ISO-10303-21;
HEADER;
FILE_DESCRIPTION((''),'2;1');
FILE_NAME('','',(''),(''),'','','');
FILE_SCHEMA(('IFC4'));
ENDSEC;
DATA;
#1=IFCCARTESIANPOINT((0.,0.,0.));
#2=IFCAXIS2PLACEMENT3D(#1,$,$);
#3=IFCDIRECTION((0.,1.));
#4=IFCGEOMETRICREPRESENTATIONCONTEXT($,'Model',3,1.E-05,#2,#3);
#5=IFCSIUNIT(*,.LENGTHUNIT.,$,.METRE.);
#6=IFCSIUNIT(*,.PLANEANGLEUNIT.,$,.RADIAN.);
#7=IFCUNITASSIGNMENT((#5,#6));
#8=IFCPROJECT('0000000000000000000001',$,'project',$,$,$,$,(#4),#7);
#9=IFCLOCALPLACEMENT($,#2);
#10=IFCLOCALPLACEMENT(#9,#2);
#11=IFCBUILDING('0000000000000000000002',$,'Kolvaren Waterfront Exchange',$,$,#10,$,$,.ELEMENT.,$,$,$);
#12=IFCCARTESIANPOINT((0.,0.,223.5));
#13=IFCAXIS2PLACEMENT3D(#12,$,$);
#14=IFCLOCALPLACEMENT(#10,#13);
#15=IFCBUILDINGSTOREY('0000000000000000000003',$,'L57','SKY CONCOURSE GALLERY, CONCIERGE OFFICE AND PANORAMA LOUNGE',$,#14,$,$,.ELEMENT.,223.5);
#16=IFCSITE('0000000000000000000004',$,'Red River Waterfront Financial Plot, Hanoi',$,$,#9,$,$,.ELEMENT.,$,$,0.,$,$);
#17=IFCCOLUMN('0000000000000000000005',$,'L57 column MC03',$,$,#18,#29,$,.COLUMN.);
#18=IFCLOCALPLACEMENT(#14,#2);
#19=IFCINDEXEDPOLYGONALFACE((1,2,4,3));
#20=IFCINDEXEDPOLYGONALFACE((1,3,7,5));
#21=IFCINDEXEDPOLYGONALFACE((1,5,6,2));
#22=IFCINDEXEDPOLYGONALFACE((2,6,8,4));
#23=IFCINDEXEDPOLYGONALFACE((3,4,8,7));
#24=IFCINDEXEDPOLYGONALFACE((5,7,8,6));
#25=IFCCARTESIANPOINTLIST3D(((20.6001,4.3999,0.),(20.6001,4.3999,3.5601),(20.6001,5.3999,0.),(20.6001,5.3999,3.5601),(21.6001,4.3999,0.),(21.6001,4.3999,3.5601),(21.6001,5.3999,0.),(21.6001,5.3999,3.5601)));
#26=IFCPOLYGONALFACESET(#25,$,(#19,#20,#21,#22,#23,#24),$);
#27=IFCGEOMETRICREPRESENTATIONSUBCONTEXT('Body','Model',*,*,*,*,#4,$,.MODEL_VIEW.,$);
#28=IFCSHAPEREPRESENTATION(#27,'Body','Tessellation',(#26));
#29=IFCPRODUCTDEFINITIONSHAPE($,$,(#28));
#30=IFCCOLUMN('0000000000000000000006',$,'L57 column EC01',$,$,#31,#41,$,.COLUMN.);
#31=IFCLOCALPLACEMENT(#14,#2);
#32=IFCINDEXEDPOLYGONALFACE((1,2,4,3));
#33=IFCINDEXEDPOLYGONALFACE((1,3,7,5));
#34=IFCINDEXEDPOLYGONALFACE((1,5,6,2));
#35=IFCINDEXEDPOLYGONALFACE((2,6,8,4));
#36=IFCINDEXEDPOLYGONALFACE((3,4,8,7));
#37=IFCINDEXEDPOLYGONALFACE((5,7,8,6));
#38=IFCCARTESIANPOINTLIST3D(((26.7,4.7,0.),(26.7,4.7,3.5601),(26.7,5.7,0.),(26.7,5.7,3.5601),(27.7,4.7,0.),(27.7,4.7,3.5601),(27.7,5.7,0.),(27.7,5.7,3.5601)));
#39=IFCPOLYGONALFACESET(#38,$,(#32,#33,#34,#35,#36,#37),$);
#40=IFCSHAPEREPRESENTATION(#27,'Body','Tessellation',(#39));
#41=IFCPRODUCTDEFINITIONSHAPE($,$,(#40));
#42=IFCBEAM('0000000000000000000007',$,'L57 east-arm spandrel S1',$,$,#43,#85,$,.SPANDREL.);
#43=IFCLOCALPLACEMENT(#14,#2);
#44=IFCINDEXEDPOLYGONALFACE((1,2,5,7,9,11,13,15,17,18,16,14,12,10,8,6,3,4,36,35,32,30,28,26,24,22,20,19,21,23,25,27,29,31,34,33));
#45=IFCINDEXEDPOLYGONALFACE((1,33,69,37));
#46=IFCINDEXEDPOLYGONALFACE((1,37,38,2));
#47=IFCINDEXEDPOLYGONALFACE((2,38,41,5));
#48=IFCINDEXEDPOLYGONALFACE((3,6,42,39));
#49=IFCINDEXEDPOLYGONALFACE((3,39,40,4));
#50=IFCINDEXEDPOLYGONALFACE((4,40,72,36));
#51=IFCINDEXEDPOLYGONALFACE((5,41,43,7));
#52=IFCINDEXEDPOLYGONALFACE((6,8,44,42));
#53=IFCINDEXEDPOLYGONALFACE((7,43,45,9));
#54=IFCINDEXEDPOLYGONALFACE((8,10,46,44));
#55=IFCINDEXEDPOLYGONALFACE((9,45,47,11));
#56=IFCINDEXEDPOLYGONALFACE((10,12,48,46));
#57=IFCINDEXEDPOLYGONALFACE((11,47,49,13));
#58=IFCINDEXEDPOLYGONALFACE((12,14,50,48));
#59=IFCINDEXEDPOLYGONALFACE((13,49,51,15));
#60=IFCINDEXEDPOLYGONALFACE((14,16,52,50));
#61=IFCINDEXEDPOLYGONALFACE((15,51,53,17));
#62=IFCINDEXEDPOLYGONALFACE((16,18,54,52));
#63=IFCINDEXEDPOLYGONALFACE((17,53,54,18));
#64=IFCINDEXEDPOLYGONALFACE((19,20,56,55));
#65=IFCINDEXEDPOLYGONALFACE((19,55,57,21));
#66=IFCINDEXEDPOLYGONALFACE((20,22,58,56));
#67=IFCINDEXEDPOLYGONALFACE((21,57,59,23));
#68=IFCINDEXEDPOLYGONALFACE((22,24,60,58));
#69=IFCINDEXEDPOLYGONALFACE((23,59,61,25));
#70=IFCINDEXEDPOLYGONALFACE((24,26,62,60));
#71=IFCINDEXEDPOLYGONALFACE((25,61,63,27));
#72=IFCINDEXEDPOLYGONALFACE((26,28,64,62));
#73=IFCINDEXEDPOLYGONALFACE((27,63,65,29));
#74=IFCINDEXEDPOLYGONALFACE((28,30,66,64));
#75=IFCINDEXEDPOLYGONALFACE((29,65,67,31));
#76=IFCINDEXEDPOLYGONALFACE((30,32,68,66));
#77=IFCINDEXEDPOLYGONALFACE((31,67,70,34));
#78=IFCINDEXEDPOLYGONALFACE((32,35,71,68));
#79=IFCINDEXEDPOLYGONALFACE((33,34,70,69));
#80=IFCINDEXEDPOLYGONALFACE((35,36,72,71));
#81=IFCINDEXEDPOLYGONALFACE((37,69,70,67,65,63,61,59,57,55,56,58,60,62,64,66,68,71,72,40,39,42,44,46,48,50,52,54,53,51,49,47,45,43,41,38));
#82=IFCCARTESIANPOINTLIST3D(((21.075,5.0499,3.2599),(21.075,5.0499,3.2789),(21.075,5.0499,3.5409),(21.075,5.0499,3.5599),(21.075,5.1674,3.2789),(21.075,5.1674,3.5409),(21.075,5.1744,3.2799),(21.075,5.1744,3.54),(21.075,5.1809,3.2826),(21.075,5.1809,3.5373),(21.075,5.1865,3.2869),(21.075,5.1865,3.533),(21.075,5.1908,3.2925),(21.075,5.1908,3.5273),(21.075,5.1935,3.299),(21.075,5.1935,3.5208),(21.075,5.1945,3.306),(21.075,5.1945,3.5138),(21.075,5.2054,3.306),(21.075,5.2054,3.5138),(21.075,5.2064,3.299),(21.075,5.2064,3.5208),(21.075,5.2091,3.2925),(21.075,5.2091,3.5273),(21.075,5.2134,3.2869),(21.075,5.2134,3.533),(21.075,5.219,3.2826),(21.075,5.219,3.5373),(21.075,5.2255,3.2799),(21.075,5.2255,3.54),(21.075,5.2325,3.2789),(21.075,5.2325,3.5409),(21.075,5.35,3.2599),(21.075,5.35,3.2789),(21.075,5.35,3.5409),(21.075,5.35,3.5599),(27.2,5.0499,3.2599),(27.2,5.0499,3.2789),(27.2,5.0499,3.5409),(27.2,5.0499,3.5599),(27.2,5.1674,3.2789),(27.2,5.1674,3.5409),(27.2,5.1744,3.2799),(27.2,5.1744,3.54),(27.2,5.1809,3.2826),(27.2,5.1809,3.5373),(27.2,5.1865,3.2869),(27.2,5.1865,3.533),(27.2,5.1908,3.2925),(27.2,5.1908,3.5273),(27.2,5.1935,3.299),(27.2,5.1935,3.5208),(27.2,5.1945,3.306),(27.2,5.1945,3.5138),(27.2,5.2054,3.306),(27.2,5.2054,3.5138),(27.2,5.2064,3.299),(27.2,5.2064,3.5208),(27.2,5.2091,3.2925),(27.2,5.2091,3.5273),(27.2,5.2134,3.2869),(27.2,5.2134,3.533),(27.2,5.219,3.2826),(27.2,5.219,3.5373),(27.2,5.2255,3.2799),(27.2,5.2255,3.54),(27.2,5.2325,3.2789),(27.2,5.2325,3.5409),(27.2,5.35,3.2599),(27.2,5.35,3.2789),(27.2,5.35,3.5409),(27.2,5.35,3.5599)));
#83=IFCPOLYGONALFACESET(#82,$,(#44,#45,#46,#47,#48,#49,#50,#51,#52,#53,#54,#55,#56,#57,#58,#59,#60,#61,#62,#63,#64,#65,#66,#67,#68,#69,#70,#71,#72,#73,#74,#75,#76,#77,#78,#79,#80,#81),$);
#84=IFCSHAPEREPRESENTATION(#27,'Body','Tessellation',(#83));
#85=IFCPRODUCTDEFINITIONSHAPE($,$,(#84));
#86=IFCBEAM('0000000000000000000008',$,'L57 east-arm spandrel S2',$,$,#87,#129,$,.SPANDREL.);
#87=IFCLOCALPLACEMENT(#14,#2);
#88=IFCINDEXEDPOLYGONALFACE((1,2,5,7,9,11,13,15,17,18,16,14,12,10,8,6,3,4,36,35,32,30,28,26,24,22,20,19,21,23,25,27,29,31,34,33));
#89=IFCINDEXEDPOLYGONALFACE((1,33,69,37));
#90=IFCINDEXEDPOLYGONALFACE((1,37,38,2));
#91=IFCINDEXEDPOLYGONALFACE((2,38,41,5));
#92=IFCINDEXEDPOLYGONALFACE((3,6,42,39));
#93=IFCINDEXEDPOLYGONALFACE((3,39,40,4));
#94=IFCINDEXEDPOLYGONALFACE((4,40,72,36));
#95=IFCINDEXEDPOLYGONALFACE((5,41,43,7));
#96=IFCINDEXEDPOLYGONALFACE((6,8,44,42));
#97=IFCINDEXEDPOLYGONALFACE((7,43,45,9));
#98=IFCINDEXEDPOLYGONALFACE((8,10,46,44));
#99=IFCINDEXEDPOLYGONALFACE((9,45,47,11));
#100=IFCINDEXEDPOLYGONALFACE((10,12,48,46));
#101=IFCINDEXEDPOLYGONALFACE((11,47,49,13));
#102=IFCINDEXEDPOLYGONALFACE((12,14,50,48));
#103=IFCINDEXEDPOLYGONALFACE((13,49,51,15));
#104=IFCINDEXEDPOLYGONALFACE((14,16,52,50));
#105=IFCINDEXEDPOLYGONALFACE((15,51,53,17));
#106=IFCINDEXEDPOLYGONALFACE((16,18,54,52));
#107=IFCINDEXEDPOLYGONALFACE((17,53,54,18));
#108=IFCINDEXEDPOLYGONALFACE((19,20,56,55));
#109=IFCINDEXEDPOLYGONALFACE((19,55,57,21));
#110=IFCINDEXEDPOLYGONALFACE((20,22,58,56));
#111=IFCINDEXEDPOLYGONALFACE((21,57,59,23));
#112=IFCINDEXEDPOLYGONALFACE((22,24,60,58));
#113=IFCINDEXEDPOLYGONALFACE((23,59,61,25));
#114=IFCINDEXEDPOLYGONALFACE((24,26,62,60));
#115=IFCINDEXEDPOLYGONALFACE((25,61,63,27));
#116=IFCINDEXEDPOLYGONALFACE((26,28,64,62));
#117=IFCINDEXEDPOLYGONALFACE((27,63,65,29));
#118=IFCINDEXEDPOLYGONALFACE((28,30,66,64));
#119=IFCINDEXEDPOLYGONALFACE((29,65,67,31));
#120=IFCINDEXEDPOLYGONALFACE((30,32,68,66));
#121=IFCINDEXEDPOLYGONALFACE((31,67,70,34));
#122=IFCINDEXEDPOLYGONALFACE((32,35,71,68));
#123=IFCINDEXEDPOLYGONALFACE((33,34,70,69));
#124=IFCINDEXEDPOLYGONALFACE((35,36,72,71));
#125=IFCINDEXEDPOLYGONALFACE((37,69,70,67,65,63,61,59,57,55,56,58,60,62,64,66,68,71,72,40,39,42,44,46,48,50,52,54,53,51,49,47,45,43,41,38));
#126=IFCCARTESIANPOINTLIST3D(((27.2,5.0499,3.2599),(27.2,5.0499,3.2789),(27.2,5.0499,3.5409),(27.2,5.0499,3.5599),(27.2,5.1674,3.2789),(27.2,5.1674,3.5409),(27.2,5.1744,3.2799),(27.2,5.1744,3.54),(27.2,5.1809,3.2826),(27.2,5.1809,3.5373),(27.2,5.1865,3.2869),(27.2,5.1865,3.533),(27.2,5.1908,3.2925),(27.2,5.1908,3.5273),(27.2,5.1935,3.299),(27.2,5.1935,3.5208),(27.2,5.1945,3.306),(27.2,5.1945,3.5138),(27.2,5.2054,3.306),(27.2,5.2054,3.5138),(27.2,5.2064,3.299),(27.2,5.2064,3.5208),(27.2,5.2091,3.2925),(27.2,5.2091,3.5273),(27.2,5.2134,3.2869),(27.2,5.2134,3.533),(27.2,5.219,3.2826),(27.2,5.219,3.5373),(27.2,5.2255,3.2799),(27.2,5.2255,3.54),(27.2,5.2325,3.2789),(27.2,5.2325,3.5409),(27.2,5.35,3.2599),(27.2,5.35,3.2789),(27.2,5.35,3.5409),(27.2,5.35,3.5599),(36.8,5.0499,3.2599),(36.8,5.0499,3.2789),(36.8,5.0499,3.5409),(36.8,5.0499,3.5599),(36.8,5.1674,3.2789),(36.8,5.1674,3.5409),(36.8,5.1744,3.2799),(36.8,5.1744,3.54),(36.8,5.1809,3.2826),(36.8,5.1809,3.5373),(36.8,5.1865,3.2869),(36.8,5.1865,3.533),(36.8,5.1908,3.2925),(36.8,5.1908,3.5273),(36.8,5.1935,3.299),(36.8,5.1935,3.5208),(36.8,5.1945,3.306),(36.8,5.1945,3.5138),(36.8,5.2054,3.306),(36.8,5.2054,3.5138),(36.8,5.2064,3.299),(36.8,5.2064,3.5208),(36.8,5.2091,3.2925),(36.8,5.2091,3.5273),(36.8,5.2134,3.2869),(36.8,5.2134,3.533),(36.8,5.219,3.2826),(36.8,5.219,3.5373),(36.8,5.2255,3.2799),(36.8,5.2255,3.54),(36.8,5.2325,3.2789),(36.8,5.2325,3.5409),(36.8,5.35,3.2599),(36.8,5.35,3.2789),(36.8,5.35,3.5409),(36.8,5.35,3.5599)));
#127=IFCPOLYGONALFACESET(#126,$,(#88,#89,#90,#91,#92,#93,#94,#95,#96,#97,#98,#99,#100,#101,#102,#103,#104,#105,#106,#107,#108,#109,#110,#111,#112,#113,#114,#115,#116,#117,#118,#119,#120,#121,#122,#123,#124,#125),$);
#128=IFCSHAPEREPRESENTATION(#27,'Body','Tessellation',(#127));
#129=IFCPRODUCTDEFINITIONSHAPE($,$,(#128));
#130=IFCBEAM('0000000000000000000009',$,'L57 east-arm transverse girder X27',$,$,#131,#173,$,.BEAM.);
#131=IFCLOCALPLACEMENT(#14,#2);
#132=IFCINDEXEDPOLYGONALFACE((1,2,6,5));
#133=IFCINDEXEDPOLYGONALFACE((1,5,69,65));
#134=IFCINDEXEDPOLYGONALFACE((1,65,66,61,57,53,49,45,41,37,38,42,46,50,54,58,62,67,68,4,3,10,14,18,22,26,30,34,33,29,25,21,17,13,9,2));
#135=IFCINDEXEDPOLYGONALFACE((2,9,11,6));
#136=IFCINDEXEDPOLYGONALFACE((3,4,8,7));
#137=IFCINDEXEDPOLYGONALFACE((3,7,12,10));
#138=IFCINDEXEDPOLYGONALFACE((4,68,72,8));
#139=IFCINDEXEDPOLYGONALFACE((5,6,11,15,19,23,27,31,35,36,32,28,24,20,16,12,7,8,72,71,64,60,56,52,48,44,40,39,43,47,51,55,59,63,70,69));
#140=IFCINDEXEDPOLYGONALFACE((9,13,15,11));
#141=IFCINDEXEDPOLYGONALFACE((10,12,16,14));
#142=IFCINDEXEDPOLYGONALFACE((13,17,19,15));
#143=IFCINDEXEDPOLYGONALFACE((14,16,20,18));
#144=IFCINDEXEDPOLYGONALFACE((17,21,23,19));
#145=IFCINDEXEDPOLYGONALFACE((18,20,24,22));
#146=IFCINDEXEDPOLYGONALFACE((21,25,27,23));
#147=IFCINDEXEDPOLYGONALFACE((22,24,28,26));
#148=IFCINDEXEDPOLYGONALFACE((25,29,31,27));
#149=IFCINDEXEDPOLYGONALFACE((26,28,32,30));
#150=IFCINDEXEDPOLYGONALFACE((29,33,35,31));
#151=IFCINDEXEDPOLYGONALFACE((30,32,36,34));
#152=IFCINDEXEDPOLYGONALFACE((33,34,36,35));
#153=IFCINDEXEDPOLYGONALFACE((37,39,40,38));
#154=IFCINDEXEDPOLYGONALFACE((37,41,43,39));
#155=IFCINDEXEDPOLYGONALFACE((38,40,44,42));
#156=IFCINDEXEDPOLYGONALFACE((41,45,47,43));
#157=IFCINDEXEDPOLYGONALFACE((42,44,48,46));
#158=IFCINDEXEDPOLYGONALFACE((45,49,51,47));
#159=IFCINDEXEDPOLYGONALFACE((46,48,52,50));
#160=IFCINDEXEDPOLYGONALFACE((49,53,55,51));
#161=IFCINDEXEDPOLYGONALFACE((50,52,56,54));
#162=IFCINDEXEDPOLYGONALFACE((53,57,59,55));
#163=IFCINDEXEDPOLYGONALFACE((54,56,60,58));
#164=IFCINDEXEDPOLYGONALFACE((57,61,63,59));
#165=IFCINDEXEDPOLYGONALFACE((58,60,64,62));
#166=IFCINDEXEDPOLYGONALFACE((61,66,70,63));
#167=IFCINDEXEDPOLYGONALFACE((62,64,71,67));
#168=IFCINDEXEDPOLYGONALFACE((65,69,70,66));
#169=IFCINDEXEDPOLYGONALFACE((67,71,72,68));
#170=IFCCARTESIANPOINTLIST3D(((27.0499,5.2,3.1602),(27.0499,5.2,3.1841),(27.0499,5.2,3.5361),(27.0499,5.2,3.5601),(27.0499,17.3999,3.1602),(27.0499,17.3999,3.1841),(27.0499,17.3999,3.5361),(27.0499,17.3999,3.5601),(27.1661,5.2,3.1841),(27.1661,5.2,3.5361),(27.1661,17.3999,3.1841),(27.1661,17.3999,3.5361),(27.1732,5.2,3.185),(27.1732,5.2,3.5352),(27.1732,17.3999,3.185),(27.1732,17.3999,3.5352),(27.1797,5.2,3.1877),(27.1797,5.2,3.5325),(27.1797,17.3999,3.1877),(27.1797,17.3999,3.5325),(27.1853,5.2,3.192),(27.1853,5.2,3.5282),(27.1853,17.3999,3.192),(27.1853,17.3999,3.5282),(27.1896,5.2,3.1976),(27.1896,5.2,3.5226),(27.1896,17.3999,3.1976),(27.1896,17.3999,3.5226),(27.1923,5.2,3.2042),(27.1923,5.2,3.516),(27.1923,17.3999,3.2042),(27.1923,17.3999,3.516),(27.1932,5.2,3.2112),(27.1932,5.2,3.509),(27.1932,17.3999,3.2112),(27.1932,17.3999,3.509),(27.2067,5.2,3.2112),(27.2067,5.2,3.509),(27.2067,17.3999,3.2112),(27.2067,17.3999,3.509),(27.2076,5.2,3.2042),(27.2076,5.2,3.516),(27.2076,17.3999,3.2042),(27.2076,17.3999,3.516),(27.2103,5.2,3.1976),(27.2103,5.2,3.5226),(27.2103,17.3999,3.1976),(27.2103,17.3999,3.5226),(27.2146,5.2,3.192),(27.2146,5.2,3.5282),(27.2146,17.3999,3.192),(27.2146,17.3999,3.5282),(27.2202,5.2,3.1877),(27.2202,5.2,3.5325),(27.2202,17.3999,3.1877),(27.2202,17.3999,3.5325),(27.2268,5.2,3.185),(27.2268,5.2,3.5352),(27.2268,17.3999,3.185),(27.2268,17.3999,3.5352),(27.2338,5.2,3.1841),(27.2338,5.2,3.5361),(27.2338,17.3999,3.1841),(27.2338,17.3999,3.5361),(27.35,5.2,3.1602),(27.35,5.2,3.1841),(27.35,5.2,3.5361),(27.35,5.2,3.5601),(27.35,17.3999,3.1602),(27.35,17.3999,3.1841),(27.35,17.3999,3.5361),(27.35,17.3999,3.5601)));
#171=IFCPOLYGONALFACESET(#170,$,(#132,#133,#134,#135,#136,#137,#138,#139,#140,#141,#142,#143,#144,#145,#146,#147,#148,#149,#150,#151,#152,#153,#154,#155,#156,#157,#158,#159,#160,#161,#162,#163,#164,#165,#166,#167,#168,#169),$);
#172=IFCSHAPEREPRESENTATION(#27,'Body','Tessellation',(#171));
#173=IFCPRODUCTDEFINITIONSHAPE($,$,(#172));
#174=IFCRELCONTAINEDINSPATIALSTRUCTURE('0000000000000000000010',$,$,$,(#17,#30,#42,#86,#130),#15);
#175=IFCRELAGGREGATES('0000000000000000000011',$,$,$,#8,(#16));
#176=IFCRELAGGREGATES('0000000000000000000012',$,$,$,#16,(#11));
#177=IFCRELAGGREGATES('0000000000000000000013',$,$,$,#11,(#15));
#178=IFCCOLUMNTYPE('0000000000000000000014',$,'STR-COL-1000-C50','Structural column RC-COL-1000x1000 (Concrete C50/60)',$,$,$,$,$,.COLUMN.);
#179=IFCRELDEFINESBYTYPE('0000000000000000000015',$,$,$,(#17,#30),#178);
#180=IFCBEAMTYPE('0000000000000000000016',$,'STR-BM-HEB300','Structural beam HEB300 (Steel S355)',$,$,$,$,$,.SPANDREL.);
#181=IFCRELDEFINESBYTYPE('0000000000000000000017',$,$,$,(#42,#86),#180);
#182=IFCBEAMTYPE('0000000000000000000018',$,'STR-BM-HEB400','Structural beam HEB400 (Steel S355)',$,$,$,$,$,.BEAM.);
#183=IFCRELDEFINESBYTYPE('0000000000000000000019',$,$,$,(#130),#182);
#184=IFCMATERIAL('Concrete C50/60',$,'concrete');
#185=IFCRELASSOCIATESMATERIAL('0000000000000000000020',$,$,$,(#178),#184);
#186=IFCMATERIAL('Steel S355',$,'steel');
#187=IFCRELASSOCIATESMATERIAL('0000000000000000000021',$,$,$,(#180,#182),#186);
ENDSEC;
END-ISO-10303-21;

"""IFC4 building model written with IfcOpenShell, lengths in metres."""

from ifc_helpers import new_model, si_unit, direction, frame, origin, origin_2d, place, context, subcontext, project, spatial, rectangle, i_section, extrude, material, material_profile, profile_set, type_object, element, save


model = new_model("IFC4")

# Units and contexts
model_context = context("Model", 3, precision=1e-05, world=origin(), true_north=direction((0.0, 1.0)))
body_context = subcontext(model_context, "Body", "Model", "MODEL_VIEW")
ifc_project = project(units=[si_unit("LENGTHUNIT", "METRE"), si_unit("PLANEANGLEUNIT", "RADIAN")], contexts=[model_context])

# Site, building, storey
site_placement = place(None, origin())
site = spatial("IfcSite", under=ifc_project, at=site_placement, Name="Red River Waterfront Financial Plot, Hanoi", CompositionType="ELEMENT", RefElevation=0.0)
building_placement = place(site_placement, origin())
building = spatial("IfcBuilding", under=site, at=building_placement, Name="Kolvaren Waterfront Exchange", CompositionType="ELEMENT")
storey_placement = place(building_placement, frame((0.0, 0.0, 223.5)))
storey = spatial("IfcBuildingStorey", under=building, at=storey_placement, Name="L57", Description="SKY CONCOURSE GALLERY, CONCIERGE OFFICE AND PANORAMA LOUNGE", CompositionType="ELEMENT", Elevation=223.5)

# Columns
ifc_material_1 = material(Name="Concrete C50/60", Category="concrete")
ifc_material_profile_1 = material_profile(ifc_material_1, rectangle(XDim=1.0, YDim=1.0, at=origin_2d()), Name="RC-COL-1000x1000")
ifc_profile_set_1 = profile_set([ifc_material_profile_1], Name="Concrete C50/60")
column_type = type_object("IfcColumnType", Name="STR-COL-1000-C50", Description="Structural column RC-COL-1000x1000 (Concrete C50/60)", PredefinedType="COLUMN", material=ifc_profile_set_1)
for number, where, z_axis, x_axis, name in (
    (1, (21.1001, 4.8999, 0.0), (0.0, 0.0, 1.0), (1.0, 0.0, 0.0), "L57 column MC03"),
    (2, (27.2, 5.2, 0.0), (0.0, 0.0, 1.0), (1.0, 0.0, 0.0), "L57 column EC01"),
):
    element("IfcColumn", number, at=place(storey_placement, frame(where, z_axis=z_axis, x_axis=x_axis)), inside=storey, type_object=column_type, Name=name, PredefinedType="COLUMN", context=body_context, shape_type="SweptSolid", body=[
        extrude(rectangle(XDim=1.0, YDim=1.0, at=origin_2d()), origin(), (0.0, 0.0, 1.0), 3.5601),
    ])

# Beams
ifc_material_2 = material(Name="Steel S355", Category="steel")
ifc_material_profile_2 = material_profile(ifc_material_2, i_section(OverallWidth=0.3, OverallDepth=0.3, WebThickness=0.011, FlangeThickness=0.019, FilletRadius=0.0271, at=origin_2d()), Name="HEB300")
ifc_profile_set_2 = profile_set([ifc_material_profile_2], Name="Steel S355")
beam_type_1 = type_object("IfcBeamType", Name="STR-BM-HEB300", Description="Structural beam HEB300 (Steel S355)", PredefinedType="SPANDREL", material=ifc_profile_set_2)
beam_1_placement = place(storey_placement, frame((21.075, 5.2, 3.4099), z_axis=(1.0, 0.0, 0.0), x_axis=(0.0, 1.0, 0.0)))
element("IfcBeam", 3, at=beam_1_placement, inside=storey, type_object=beam_type_1, Name="L57 east-arm spandrel S1", PredefinedType="SPANDREL", context=body_context, shape_type="SweptSolid", body=[
    extrude(i_section(OverallWidth=0.3, OverallDepth=0.3, WebThickness=0.011, FlangeThickness=0.019, FilletRadius=0.0271, at=origin_2d()), origin(), (0.0, 0.0, 1.0), 6.125),
])
beam_2_placement = place(storey_placement, frame((27.2, 5.2, 3.4099), z_axis=(1.0, 0.0, 0.0), x_axis=(0.0, 1.0, 0.0)))
element("IfcBeam", 4, at=beam_2_placement, inside=storey, type_object=beam_type_1, Name="L57 east-arm spandrel S2", PredefinedType="SPANDREL", context=body_context, shape_type="SweptSolid", body=[
    extrude(i_section(OverallWidth=0.3, OverallDepth=0.3, WebThickness=0.011, FlangeThickness=0.019, FilletRadius=0.0271, at=origin_2d()), origin(), (0.0, 0.0, 1.0), 9.6001),
])
ifc_material_profile_3 = material_profile(ifc_material_2, i_section(OverallWidth=0.3, OverallDepth=0.3999, WebThickness=0.0134, FlangeThickness=0.0239, FilletRadius=0.0271, at=origin_2d()), Name="HEB400")
ifc_profile_set_3 = profile_set([ifc_material_profile_3], Name="Steel S355")
beam_type_2 = type_object("IfcBeamType", Name="STR-BM-HEB400", Description="Structural beam HEB400 (Steel S355)", PredefinedType="BEAM", material=ifc_profile_set_3)
beam_3_placement = place(storey_placement, frame((27.2, 5.2, 3.3601), z_axis=(0.0, 1.0, 0.0), x_axis=(-1.0, 0.0, 0.0)))
element("IfcBeam", 5, at=beam_3_placement, inside=storey, type_object=beam_type_2, Name="L57 east-arm transverse girder X27", PredefinedType="BEAM", context=body_context, shape_type="SweptSolid", body=[
    extrude(i_section(OverallWidth=0.3, OverallDepth=0.3999, WebThickness=0.0134, FlangeThickness=0.0239, FilletRadius=0.0271, at=origin_2d()), origin(), (0.0, 0.0, 1.0), 12.2),
])

save(model, "model.ifc")
